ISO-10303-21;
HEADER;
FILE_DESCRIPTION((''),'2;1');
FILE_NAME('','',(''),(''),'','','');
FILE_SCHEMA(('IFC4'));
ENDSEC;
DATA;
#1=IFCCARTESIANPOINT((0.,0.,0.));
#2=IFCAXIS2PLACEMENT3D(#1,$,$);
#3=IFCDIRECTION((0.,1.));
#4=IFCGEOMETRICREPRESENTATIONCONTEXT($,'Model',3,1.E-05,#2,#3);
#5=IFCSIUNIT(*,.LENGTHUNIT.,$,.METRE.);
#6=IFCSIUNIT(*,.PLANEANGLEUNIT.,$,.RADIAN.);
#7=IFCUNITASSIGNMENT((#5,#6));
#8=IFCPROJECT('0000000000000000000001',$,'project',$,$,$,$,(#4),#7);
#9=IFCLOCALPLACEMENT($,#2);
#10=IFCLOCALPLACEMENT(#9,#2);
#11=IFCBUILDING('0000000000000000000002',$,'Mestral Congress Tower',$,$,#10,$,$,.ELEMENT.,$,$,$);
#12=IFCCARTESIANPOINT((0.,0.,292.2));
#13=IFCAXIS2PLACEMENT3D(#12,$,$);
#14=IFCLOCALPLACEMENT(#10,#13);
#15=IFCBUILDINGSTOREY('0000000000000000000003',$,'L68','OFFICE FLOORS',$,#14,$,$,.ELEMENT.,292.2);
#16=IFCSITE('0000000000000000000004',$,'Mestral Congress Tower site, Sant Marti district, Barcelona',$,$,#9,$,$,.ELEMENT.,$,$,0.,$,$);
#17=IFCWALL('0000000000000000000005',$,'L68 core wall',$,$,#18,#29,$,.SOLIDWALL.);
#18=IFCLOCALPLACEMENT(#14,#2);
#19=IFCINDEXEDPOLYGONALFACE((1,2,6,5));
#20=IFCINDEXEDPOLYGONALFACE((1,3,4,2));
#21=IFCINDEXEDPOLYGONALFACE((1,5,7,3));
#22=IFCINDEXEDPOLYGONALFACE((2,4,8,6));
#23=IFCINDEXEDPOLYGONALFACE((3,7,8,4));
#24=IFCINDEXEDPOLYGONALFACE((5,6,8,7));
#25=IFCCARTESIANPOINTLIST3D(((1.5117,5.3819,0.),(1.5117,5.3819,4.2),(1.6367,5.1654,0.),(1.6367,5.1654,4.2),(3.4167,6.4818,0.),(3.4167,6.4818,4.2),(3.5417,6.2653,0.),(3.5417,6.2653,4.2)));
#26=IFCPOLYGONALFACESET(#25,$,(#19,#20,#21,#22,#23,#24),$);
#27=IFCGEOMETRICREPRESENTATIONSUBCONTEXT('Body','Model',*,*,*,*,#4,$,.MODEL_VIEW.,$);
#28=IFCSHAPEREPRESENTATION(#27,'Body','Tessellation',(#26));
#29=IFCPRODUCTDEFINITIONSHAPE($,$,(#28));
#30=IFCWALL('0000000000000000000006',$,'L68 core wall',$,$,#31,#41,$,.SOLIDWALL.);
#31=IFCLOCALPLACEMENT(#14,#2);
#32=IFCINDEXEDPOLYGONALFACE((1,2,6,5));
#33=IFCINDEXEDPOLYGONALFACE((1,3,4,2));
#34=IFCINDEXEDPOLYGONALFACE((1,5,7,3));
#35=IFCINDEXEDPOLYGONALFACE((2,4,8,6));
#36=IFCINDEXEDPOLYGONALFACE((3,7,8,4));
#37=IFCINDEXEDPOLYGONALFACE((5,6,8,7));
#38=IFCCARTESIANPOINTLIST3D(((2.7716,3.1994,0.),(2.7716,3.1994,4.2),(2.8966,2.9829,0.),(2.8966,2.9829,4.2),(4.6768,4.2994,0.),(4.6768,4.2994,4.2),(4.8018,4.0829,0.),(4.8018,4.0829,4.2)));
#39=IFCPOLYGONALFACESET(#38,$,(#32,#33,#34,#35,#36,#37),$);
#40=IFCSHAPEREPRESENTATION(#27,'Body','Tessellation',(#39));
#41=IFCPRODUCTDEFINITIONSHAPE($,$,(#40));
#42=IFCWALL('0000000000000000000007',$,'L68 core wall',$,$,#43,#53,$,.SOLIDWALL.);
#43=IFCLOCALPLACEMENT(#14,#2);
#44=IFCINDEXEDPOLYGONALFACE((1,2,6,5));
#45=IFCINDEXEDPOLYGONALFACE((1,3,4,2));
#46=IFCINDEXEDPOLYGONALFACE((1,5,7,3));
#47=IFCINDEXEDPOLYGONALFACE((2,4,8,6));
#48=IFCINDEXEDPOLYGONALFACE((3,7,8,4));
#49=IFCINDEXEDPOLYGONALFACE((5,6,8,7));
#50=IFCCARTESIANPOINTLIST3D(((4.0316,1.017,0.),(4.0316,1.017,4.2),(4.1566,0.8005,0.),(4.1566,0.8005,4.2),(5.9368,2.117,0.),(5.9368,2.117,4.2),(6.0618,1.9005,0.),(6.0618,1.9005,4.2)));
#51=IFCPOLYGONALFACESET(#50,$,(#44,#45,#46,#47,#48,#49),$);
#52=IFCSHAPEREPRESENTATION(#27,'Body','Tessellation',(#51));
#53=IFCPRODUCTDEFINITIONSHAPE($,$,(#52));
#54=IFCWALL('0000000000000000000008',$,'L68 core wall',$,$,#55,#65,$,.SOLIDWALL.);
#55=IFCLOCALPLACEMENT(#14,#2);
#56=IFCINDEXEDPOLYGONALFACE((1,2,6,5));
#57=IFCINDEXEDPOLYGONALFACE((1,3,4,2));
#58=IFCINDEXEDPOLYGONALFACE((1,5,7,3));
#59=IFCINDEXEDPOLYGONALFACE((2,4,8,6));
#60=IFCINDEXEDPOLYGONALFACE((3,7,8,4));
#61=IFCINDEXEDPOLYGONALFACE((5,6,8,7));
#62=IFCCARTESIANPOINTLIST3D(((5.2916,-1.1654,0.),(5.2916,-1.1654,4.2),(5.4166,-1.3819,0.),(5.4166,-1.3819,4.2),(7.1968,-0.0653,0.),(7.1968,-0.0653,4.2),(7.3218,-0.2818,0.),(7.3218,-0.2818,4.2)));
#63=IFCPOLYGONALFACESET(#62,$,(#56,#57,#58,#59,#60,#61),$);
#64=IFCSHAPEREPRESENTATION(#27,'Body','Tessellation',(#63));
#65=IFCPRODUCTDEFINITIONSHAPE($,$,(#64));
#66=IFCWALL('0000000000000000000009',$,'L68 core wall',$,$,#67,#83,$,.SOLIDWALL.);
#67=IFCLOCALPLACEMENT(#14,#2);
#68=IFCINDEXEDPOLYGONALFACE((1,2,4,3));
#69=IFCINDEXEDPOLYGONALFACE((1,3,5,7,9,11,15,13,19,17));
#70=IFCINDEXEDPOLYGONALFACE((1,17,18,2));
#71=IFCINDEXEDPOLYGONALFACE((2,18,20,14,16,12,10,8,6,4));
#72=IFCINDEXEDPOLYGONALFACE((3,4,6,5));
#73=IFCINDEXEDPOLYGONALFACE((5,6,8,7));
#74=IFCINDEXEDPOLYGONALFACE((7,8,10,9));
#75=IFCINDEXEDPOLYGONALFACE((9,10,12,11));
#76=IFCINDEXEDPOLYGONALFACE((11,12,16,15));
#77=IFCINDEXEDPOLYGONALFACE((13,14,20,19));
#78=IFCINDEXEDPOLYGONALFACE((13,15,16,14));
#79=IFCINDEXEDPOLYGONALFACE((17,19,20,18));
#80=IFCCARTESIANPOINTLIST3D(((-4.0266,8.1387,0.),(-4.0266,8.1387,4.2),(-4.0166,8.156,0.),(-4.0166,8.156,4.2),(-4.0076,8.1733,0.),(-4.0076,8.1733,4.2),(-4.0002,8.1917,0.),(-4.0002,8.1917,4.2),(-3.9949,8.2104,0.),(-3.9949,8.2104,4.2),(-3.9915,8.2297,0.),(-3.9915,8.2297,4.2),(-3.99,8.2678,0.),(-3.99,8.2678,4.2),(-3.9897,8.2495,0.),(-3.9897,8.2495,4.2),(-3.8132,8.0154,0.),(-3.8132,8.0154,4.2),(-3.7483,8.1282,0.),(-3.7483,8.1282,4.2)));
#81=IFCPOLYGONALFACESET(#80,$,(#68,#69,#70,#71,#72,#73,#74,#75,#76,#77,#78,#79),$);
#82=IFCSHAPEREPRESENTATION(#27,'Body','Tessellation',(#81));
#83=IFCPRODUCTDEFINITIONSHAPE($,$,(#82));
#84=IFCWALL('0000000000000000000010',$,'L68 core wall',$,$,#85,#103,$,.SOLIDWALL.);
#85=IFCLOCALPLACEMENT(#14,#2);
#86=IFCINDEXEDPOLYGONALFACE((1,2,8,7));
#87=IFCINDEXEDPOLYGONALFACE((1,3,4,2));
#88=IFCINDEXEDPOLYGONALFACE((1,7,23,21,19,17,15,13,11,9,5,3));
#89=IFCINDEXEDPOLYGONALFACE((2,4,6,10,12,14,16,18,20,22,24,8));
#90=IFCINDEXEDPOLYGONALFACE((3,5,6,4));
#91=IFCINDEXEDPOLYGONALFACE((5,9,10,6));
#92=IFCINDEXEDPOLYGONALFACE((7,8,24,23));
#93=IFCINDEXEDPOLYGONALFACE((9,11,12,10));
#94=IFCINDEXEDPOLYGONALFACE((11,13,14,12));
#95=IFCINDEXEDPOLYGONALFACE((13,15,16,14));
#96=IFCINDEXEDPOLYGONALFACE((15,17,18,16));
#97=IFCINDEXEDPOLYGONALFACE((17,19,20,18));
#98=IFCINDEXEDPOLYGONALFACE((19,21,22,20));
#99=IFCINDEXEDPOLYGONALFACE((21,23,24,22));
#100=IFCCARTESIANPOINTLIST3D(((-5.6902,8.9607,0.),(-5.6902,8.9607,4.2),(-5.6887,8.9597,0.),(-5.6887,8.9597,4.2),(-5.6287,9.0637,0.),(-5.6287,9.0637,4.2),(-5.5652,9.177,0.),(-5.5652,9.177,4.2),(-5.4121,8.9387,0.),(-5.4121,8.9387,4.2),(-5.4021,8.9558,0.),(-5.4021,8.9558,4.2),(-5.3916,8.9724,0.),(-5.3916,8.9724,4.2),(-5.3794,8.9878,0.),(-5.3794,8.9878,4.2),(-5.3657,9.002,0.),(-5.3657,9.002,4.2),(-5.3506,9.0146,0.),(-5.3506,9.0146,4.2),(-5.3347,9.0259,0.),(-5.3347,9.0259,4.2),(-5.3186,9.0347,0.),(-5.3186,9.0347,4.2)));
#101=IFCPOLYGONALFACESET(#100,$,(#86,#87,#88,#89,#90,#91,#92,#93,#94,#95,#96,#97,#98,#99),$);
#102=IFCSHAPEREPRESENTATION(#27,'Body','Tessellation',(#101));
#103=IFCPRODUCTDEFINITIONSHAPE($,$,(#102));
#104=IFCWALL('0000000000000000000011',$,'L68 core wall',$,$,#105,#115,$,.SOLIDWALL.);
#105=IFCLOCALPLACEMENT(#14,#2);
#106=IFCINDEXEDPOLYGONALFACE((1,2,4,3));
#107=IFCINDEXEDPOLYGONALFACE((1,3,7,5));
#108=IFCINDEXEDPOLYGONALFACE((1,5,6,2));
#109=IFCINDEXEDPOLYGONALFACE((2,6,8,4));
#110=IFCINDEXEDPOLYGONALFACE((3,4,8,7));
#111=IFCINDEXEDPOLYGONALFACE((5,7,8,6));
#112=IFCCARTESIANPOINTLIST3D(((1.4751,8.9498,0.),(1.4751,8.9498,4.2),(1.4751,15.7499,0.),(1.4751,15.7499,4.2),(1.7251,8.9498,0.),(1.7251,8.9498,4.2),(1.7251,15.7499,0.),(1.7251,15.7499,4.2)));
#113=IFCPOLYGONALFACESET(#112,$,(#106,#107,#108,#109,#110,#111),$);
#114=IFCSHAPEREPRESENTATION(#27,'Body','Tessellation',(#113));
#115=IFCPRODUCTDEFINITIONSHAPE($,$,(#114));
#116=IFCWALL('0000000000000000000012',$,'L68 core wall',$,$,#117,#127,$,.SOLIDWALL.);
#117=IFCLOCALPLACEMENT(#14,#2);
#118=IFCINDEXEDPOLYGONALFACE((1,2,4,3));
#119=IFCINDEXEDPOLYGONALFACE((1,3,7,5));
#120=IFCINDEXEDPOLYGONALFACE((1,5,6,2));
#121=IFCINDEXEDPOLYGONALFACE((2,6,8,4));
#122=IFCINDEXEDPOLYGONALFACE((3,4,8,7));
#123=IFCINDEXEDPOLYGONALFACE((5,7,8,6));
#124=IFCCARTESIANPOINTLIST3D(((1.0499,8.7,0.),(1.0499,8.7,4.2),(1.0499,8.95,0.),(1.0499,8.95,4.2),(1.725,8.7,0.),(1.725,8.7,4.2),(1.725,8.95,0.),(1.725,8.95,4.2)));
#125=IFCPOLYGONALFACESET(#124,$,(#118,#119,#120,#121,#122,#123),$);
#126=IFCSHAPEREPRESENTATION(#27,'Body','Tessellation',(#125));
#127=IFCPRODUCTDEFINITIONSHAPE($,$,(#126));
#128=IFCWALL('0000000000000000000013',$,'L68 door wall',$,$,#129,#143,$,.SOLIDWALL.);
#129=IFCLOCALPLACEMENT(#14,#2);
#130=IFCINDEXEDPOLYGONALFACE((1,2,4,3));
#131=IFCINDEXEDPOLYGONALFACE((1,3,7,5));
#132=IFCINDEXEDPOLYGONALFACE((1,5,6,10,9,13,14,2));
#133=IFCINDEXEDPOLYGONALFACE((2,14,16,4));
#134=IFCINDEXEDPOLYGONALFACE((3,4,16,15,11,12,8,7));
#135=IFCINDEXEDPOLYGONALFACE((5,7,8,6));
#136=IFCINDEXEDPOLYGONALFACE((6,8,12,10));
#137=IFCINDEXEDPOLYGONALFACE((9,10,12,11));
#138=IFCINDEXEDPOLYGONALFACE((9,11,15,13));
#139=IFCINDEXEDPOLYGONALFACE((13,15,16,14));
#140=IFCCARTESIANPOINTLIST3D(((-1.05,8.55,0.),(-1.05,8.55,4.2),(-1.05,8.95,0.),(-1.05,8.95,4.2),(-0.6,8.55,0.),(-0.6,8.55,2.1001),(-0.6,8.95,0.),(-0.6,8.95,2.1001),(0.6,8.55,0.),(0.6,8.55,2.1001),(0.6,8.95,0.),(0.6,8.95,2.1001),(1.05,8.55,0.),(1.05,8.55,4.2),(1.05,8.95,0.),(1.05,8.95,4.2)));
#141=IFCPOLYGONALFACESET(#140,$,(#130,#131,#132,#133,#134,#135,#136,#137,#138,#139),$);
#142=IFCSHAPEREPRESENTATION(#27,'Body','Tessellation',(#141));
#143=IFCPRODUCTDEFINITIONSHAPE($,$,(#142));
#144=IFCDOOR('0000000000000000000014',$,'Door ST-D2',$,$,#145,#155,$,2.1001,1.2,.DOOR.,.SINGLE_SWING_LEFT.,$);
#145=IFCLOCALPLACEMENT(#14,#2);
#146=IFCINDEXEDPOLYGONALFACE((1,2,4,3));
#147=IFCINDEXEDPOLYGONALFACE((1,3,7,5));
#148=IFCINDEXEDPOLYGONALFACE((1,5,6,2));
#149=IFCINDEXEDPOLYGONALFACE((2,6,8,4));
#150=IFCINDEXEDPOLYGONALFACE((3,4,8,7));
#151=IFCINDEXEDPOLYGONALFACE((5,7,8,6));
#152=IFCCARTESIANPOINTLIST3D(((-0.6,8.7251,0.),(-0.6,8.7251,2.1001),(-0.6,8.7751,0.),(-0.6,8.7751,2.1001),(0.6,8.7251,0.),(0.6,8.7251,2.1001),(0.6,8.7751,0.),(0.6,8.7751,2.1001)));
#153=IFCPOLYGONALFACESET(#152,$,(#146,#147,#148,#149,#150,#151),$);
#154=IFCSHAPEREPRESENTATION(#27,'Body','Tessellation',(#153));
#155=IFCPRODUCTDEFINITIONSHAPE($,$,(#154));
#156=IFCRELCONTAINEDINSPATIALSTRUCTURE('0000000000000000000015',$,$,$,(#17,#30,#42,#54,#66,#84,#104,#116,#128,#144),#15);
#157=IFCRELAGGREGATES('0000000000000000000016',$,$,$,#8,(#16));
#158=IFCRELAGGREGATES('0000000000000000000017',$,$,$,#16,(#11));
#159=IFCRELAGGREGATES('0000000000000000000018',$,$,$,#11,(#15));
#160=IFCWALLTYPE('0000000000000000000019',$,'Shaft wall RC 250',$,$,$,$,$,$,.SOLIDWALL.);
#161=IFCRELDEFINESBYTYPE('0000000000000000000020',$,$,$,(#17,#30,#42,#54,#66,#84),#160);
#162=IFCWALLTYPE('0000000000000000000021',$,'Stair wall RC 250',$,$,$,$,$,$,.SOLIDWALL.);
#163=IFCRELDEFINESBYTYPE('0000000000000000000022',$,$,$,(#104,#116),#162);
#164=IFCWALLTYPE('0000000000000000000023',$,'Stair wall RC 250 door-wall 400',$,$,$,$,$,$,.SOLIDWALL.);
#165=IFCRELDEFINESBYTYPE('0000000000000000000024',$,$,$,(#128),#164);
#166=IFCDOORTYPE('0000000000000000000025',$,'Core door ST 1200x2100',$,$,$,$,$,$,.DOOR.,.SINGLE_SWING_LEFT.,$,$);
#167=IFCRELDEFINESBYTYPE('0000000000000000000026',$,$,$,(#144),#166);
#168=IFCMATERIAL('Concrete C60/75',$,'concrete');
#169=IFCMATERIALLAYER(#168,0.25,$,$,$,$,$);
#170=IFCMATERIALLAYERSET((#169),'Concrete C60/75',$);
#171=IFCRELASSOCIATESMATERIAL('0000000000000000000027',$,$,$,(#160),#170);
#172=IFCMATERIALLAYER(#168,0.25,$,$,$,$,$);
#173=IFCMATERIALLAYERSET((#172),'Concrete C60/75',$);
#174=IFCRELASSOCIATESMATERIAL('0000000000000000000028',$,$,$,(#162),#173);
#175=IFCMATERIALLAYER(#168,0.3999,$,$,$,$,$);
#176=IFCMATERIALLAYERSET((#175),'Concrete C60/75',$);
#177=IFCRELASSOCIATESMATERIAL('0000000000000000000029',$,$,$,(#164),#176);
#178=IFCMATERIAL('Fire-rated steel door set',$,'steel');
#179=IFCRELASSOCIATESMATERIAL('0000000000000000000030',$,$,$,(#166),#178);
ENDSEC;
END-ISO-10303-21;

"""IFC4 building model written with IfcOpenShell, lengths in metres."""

from ifc_helpers import new_model, si_unit, direction, frame, frame_2d, origin, place, context, subcontext, project, spatial, polyline, rectangle, outline, extrude, material, layer, layer_set, type_object, element, fill, save


model = new_model("IFC4")

# Units and contexts
model_context = context("Model", 3, precision=1e-05, world=origin(), true_north=direction((0.0, 1.0)))
body_context = subcontext(model_context, "Body", "Model", "MODEL_VIEW")
ifc_project = project(units=[si_unit("LENGTHUNIT", "METRE"), si_unit("PLANEANGLEUNIT", "RADIAN")], contexts=[model_context])

# Site, building, storey
site_placement = place(None, origin())
site = spatial("IfcSite", under=ifc_project, at=site_placement, Name="Mestral Congress Tower site, Sant Marti district, Barcelona", CompositionType="ELEMENT", RefElevation=0.0)
building_placement = place(site_placement, origin())
building = spatial("IfcBuilding", under=site, at=building_placement, Name="Mestral Congress Tower", CompositionType="ELEMENT")
storey_placement = place(building_placement, frame((0.0, 0.0, 292.2)))
storey = spatial("IfcBuildingStorey", under=building, at=storey_placement, Name="L68", Description="OFFICE FLOORS", CompositionType="ELEMENT", Elevation=292.2)

# Shared definitions
ifc_material_1 = material(Name="Fire-rated steel door set", Category="steel")

# Shared definitions
ifc_material_2 = material(Name="Concrete C60/75", Category="concrete")
placement = place(storey_placement, origin())

# Walls
ifc_layer_1 = layer(ifc_material_2, 0.25)
ifc_layer_set_1 = layer_set([ifc_layer_1], Name="Concrete C60/75")
wall_type_1 = type_object("IfcWallType", Name="Shaft wall RC 250", PredefinedType="SOLIDWALL", material=ifc_layer_set_1)
wall_1_placement = place(storey_placement, frame((1.5742, 5.2737, 0.0), z_axis=(0.0, 0.0, 1.0), x_axis=(0.866028, 0.499995, 0.0)))
element("IfcWall", 1, at=wall_1_placement, inside=storey, type_object=wall_type_1, Name="L68 core wall", PredefinedType="SOLIDWALL", context=body_context, shape_type="SweptSolid", body=[
    extrude(rectangle(XDim=2.1997, YDim=0.25, at=frame_2d((1.0999, 0.0))), origin(), (0.0, 0.0, 1.0), 4.2),
])
for number, where, z_axis, x_axis, name in (
    (2, (2.834, 3.0911, 0.0), (0.0, 0.0, 1.0), (0.866008, 0.50003, 0.0), "L68 core wall"),
    (3, (4.094, 0.9087, 0.0), (0.0, 0.0, 1.0), (0.866008, 0.50003, 0.0), "L68 core wall"),
    (4, (5.354, -1.2737, 0.0), (0.0, 0.0, 1.0), (0.866008, 0.50003, 0.0), "L68 core wall"),
):
    element("IfcWall", number, at=place(storey_placement, frame(where, z_axis=z_axis, x_axis=x_axis)), inside=storey, type_object=wall_type_1, Name=name, PredefinedType="SOLIDWALL", context=body_context, shape_type="SweptSolid", body=[
        extrude(rectangle(XDim=2.2, YDim=0.25, at=frame_2d((1.1001, 0.0))), origin(), (0.0, 0.0, 1.0), 4.2),
    ])
element("IfcWall", 5, at=placement, inside=storey, type_object=wall_type_1, Name="L68 core wall", PredefinedType="SOLIDWALL", context=body_context, shape_type="SweptSolid", body=[
    extrude(outline(polyline([(-3.7483, 8.1282), (-3.8132, 8.0154), (-4.0266, 8.1387), (-4.0166, 8.156), (-4.0076, 8.1733), (-4.0002, 8.1917), (-3.9949, 8.2104), (-3.9915, 8.2297), (-3.9897, 8.2495), (-3.99, 8.2678), (-3.7483, 8.1282)])), origin(), (0.0, 0.0, 1.0), 4.2),
])
element("IfcWall", 6, at=placement, inside=storey, type_object=wall_type_1, Name="L68 core wall", PredefinedType="SOLIDWALL", context=body_context, shape_type="SweptSolid", body=[
    extrude(outline(polyline([(-5.6887, 8.9597), (-5.6902, 8.9607), (-5.5652, 9.177), (-5.3186, 9.0347), (-5.3347, 9.0259), (-5.3506, 9.0146), (-5.3657, 9.002), (-5.3794, 8.9878), (-5.3916, 8.9724), (-5.4021, 8.9558), (-5.4121, 8.9387), (-5.6287, 9.0637), (-5.6287, 9.0637), (-5.6887, 8.9597)])), origin(), (0.0, 0.0, 1.0), 4.2),
])
ifc_layer_2 = layer(ifc_material_2, 0.25)
ifc_layer_set_2 = layer_set([ifc_layer_2], Name="Concrete C60/75")
wall_type_2 = type_object("IfcWallType", Name="Stair wall RC 250", PredefinedType="SOLIDWALL", material=ifc_layer_set_2)
wall_2_placement = place(storey_placement, frame((1.6001, 8.95, 0.0), z_axis=(0.0, 0.0, 1.0), x_axis=(0.0, 1.0, 0.0)))
element("IfcWall", 7, at=wall_2_placement, inside=storey, type_object=wall_type_2, Name="L68 core wall", PredefinedType="SOLIDWALL", context=body_context, shape_type="SweptSolid", body=[
    extrude(rectangle(XDim=6.8, YDim=0.25, at=frame_2d((3.3999, 0.0))), origin(), (0.0, 0.0, 1.0), 4.2),
])
wall_3_placement = place(storey_placement, frame((1.05, 8.825, 0.0), z_axis=(0.0, 0.0, 1.0), x_axis=(1.0, 0.0, 0.0)))
element("IfcWall", 8, at=wall_3_placement, inside=storey, type_object=wall_type_2, Name="L68 core wall", PredefinedType="SOLIDWALL", context=body_context, shape_type="SweptSolid", body=[
    extrude(rectangle(XDim=0.675, YDim=0.25, at=frame_2d((0.3374, 0.0))), origin(), (0.0, 0.0, 1.0), 4.2),
])

# Wall, opening, door
ifc_layer_3 = layer(ifc_material_2, 0.3999)
ifc_layer_set_3 = layer_set([ifc_layer_3], Name="Concrete C60/75")
wall_type_3 = type_object("IfcWallType", Name="Stair wall RC 250 door-wall 400", PredefinedType="SOLIDWALL", material=ifc_layer_set_3)
wall_4_placement = place(storey_placement, frame((1.05, 8.75, 0.0), z_axis=(0.0, 0.0, 1.0), x_axis=(-1.0, 0.0, 0.0)))
wall_4 = element("IfcWall", 9, at=wall_4_placement, inside=storey, type_object=wall_type_3, Name="L68 door wall", PredefinedType="SOLIDWALL", context=body_context, shape_type="SweptSolid", body=[
    extrude(rectangle(XDim=2.1001, YDim=0.3999, at=frame_2d((1.05, 0.0))), origin(), (0.0, 0.0, 1.0), 4.2),
])
opening_1_placement = place(wall_4_placement, frame((0.45, 0.0, 0.0)))
opening_1 = element("IfcOpeningElement", 10, at=opening_1_placement, cuts=wall_4, PredefinedType="OPENING", context=body_context, shape_type="SweptSolid", body=[
    extrude(rectangle(XDim=1.2, YDim=2.1001, at=frame_2d((0.6001, 1.05))), frame((0.0, 0.21, 0.0), z_axis=(0.0, -1.0, 0.0), x_axis=(1.0, 0.0, 0.0)), (0.0, 0.0, 1.0), 0.4199),
])
door_type_1 = type_object("IfcDoorType", Name="Core door ST 1200x2100", OperationType="SINGLE_SWING_LEFT", PredefinedType="DOOR", material=ifc_material_1)
door_1_placement = place(opening_1_placement, origin())
door_1 = element("IfcDoor", 11, at=door_1_placement, inside=storey, type_object=door_type_1, Name="Door ST-D2", OperationType="SINGLE_SWING_LEFT", OverallHeight=2.1001, OverallWidth=1.2, PredefinedType="DOOR", context=body_context, shape_type="SweptSolid", body=[
    extrude(rectangle(XDim=1.2, YDim=2.1001, at=frame_2d((0.6001, 1.05))), frame((0.0, 0.0249, 0.0), z_axis=(0.0, -1.0, 0.0), x_axis=(1.0, 0.0, 0.0)), (0.0, 0.0, 1.0), 0.05),
])
fill(opening_1, door_1)

save(model, "model.ifc")
